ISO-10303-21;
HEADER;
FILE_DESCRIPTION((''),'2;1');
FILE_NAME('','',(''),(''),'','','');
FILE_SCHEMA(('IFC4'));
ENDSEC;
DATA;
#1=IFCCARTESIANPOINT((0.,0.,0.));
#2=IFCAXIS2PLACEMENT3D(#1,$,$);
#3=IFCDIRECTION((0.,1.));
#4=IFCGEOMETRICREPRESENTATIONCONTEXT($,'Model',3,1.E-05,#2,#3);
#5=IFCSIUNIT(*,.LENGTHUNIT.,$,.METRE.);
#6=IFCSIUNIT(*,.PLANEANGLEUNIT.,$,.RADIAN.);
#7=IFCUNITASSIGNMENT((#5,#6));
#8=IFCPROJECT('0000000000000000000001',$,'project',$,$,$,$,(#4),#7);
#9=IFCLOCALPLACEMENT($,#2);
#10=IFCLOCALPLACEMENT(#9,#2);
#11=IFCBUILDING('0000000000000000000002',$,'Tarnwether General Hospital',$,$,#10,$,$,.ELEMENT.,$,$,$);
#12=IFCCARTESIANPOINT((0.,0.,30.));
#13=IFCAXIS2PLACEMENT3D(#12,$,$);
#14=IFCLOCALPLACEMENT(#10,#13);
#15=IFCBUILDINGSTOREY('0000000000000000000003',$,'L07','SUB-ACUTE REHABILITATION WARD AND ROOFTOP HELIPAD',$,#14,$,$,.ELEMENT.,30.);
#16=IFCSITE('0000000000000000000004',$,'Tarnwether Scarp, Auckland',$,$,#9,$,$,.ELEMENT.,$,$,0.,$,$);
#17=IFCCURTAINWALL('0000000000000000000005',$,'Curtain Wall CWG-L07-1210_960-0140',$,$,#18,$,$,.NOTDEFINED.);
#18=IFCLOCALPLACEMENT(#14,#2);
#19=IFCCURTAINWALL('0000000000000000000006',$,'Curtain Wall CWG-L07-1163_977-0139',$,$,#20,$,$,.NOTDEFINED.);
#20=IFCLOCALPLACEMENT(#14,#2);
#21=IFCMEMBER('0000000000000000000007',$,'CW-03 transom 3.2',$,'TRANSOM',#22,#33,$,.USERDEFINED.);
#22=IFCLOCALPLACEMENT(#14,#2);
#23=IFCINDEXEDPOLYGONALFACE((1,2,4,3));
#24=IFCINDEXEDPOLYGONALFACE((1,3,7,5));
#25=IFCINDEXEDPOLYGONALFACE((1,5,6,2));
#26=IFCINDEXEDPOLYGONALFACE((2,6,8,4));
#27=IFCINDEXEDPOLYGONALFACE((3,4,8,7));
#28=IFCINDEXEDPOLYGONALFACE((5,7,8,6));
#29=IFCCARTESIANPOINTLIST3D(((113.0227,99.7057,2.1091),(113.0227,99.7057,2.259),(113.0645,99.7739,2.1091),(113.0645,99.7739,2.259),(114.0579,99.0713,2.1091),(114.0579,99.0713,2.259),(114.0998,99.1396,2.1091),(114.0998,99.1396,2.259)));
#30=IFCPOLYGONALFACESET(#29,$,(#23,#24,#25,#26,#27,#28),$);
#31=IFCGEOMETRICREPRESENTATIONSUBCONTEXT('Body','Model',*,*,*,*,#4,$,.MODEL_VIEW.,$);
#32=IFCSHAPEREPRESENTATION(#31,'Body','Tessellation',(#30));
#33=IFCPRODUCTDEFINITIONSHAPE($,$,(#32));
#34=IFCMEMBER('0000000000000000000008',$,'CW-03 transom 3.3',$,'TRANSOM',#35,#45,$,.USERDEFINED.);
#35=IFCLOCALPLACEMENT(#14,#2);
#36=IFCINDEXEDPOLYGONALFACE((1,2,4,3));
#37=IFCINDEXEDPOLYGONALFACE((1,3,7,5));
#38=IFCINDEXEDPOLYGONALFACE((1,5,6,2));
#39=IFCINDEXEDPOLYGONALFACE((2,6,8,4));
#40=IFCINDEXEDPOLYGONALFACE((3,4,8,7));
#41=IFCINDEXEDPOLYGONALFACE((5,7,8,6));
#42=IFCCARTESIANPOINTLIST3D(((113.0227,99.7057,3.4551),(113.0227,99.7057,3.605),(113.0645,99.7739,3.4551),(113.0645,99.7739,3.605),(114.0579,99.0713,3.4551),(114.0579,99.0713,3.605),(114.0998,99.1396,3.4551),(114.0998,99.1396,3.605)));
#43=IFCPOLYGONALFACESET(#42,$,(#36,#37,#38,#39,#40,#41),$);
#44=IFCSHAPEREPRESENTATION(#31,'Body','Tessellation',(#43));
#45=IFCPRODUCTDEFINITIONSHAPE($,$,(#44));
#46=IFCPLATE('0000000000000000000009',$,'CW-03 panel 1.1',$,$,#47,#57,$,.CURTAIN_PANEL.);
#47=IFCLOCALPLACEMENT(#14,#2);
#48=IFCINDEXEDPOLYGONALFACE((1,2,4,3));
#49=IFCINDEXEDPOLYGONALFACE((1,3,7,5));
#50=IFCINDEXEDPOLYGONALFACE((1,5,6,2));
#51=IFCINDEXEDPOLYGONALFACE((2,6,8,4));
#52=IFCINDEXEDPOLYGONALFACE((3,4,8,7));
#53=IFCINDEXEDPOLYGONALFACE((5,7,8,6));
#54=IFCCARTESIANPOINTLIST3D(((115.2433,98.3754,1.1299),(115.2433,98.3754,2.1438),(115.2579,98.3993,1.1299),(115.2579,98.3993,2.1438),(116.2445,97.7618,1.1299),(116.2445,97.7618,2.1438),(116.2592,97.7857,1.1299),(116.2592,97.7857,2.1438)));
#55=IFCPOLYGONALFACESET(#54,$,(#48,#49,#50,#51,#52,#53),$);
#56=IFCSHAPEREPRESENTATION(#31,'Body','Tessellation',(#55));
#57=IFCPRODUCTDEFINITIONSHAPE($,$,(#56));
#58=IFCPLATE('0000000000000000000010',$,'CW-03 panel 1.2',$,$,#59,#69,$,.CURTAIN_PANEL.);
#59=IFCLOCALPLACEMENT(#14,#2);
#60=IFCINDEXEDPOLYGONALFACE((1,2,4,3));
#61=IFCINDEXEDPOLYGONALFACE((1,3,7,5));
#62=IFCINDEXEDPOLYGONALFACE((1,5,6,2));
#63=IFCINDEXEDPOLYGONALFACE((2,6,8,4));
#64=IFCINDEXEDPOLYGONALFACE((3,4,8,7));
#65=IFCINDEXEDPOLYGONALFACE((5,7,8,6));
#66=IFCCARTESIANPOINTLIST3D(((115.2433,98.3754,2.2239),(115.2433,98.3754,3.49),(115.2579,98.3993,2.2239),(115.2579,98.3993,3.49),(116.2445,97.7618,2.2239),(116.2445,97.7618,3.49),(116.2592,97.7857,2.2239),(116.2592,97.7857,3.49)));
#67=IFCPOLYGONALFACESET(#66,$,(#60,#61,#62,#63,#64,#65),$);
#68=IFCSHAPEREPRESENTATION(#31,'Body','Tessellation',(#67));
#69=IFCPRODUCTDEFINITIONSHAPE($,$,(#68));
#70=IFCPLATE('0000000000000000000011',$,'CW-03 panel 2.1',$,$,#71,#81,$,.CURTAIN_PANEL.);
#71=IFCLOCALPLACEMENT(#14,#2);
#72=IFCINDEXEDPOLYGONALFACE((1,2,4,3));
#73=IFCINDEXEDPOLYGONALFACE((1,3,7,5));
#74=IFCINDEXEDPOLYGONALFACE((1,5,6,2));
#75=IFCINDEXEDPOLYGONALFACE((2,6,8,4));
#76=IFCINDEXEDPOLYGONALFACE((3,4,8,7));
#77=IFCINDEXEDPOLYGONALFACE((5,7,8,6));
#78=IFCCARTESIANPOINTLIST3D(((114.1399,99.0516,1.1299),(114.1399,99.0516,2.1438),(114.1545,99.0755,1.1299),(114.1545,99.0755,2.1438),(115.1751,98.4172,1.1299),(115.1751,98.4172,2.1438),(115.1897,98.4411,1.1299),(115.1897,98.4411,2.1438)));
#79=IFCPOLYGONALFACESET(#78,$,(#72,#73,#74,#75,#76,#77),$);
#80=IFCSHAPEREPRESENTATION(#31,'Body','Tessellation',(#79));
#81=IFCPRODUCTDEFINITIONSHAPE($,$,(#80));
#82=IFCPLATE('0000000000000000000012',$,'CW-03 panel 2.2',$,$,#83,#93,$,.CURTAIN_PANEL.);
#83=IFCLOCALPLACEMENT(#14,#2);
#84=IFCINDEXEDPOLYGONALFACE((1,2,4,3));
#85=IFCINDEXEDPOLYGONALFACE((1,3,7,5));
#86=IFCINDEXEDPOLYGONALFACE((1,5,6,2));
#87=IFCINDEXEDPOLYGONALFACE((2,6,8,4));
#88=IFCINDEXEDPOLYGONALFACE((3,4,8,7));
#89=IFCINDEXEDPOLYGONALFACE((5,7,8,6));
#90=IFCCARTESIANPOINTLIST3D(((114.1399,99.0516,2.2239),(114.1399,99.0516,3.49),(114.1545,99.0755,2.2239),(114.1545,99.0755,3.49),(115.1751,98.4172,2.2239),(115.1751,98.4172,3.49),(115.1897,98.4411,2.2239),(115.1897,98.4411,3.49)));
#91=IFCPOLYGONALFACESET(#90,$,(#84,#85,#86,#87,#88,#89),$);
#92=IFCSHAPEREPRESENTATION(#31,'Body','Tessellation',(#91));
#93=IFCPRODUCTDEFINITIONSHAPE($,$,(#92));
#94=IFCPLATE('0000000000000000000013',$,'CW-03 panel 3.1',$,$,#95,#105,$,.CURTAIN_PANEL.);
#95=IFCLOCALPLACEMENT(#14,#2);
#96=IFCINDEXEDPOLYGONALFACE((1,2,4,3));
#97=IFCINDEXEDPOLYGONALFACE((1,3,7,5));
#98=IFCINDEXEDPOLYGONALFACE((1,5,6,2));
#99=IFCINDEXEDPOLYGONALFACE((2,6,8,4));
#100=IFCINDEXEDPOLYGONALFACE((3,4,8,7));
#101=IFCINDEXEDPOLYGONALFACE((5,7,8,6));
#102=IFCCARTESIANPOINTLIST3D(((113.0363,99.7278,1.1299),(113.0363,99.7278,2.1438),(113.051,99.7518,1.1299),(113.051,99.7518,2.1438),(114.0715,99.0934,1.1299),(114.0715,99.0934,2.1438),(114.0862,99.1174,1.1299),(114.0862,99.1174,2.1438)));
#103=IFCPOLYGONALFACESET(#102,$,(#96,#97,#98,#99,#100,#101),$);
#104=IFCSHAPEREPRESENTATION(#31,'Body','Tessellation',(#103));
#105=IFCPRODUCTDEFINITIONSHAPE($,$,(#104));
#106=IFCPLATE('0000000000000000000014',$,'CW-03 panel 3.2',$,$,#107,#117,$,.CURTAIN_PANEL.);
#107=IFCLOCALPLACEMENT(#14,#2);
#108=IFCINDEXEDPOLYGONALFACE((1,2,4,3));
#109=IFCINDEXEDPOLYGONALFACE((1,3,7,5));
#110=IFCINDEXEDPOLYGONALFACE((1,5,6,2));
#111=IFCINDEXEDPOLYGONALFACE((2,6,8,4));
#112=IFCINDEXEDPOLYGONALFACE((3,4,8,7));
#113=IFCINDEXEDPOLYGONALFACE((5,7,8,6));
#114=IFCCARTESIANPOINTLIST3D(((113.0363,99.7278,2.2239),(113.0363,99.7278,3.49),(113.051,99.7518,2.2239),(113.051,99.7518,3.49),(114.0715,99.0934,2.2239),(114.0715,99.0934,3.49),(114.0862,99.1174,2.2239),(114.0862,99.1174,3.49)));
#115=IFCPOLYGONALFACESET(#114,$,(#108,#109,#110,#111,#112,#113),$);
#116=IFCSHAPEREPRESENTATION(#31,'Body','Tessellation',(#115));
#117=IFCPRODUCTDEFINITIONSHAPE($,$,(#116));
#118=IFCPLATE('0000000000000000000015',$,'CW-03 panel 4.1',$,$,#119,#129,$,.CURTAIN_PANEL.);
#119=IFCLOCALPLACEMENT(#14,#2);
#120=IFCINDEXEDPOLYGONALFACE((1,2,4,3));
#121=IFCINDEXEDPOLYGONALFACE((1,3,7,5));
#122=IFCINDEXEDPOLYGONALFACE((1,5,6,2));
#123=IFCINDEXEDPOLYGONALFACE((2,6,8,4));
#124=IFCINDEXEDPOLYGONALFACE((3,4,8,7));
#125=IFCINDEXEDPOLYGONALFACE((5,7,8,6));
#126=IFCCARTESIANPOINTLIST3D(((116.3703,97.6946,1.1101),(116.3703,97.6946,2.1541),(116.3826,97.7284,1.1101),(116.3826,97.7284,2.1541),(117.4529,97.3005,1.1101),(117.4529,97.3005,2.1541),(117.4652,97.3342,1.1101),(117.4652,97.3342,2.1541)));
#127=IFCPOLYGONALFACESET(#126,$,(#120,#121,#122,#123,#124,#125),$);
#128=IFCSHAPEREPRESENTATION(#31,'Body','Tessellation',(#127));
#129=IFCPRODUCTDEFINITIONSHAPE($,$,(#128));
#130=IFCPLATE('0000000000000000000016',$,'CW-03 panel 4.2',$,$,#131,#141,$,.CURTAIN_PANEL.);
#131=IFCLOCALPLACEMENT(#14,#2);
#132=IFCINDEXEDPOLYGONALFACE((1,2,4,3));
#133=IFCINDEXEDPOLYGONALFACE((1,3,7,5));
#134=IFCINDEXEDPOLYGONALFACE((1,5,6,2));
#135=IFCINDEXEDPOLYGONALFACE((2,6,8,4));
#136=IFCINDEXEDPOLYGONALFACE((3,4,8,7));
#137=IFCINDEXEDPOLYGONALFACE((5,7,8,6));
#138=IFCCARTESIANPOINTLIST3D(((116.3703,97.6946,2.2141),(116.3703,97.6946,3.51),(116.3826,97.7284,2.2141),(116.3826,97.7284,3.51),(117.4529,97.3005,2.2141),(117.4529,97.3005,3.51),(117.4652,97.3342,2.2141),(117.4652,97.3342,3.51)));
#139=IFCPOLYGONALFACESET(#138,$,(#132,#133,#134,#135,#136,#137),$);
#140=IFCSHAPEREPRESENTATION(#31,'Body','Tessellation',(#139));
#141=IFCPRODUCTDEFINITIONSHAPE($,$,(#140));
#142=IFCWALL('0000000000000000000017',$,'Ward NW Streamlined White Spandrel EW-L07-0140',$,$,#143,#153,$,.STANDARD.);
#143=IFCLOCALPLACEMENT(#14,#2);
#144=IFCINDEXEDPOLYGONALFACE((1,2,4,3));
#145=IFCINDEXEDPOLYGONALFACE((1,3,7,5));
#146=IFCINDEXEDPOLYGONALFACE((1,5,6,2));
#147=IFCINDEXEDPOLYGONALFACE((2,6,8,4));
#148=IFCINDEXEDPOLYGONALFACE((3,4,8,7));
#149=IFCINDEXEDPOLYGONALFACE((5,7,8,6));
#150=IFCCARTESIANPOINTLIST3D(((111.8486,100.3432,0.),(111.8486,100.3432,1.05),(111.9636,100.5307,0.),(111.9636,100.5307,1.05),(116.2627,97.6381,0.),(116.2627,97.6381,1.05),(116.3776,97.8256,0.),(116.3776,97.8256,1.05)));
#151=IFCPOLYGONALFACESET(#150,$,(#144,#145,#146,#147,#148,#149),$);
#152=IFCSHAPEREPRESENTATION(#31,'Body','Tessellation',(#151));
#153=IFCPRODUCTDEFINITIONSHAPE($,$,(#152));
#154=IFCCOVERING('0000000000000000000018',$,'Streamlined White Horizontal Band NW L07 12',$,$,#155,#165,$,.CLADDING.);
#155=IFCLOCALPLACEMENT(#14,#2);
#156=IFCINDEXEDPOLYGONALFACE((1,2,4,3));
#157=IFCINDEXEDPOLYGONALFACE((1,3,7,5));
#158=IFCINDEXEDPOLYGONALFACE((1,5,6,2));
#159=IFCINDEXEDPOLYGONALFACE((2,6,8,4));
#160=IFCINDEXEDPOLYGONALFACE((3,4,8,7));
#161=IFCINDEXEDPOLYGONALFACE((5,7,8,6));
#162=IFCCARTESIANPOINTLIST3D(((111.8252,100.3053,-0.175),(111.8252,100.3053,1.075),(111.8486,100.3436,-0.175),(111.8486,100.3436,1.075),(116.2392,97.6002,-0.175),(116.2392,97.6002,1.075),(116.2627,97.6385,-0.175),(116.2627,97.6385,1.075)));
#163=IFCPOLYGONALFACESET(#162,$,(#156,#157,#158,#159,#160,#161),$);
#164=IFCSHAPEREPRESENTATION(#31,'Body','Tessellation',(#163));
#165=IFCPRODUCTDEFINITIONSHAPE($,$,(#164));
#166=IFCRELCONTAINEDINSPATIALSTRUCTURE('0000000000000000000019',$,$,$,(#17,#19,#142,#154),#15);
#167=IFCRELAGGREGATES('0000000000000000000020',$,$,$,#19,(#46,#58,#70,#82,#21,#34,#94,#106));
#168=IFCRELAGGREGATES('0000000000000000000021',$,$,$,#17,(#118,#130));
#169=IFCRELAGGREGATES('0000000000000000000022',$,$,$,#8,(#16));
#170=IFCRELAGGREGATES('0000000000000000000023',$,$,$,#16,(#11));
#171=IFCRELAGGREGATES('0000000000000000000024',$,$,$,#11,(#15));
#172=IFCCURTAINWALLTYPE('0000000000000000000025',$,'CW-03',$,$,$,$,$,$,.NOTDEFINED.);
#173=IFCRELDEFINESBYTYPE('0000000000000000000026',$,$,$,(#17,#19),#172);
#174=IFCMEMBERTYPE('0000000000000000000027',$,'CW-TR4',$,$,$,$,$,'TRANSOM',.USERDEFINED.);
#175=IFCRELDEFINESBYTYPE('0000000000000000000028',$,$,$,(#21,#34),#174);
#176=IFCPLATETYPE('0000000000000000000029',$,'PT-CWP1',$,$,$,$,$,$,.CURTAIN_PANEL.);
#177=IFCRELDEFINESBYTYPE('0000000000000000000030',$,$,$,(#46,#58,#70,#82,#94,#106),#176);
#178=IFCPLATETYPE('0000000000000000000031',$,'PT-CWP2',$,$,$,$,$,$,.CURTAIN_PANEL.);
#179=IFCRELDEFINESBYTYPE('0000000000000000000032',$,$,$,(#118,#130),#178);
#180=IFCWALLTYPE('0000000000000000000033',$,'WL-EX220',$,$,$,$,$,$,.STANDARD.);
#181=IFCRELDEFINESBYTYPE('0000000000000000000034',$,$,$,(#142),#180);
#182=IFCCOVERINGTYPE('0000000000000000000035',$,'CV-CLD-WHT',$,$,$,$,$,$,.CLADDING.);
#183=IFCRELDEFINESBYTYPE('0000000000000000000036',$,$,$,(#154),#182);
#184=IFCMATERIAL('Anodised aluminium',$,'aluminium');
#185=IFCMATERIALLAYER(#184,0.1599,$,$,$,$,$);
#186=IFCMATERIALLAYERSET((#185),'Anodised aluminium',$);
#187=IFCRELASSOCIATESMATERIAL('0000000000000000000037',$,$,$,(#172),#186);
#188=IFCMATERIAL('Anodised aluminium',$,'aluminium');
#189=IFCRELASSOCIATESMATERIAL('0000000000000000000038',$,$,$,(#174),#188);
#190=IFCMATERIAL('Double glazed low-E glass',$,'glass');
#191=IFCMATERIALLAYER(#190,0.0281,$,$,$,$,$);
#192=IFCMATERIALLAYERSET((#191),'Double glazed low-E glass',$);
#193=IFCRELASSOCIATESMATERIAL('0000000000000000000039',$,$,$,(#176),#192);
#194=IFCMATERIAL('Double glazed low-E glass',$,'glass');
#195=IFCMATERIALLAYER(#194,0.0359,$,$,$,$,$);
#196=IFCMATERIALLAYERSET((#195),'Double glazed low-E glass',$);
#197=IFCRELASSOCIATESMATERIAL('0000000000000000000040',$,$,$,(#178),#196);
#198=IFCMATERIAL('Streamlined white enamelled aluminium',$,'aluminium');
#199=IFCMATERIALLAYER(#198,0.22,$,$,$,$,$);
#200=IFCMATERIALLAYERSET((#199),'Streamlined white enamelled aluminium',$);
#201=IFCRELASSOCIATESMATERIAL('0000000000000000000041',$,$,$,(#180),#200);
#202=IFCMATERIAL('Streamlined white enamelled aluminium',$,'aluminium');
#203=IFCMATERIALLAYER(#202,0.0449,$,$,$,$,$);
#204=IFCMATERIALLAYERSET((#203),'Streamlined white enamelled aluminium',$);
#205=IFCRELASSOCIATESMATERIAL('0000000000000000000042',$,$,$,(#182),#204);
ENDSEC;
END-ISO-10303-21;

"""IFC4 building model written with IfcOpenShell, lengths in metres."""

from ifc_helpers import new_model, si_unit, direction, frame, frame_2d, origin, origin_2d, place, context, subcontext, project, spatial, rectangle, extrude, material, layer, layer_set, material_profile, profile_set, type_object, element, aggregate, save


model = new_model("IFC4")

# Units and contexts
model_context = context("Model", 3, precision=1e-05, world=origin(), true_north=direction((0.0, 1.0)))
body_context = subcontext(model_context, "Body", "Model", "MODEL_VIEW")
ifc_project = project(units=[si_unit("LENGTHUNIT", "METRE"), si_unit("PLANEANGLEUNIT", "RADIAN")], contexts=[model_context])

# Site, building, storey
site_placement = place(None, origin())
site = spatial("IfcSite", under=ifc_project, at=site_placement, Name="Tarnwether Scarp, Auckland", CompositionType="ELEMENT", RefElevation=0.0)
building_placement = place(site_placement, origin())
building = spatial("IfcBuilding", under=site, at=building_placement, Name="Tarnwether General Hospital", CompositionType="ELEMENT")
storey_placement = place(building_placement, frame((0.0, 0.0, 30.0)))
storey = spatial("IfcBuildingStorey", under=building, at=storey_placement, Name="L07", Description="SUB-ACUTE REHABILITATION WARD AND ROOFTOP HELIPAD", CompositionType="ELEMENT", Elevation=30.0)

# Curtain wall
ifc_material_1 = material(Name="Anodised aluminium", Category="aluminium")
ifc_layer_1 = layer(ifc_material_1, 0.1599)
ifc_layer_set_1 = layer_set([ifc_layer_1], Name="Anodised aluminium")
curtain_wall_type = type_object("IfcCurtainWallType", Name="CW-03", PredefinedType="NOTDEFINED", material=ifc_layer_set_1)
curtain_wall_1_placement = place(storey_placement, origin())
curtain_wall_1 = element("IfcCurtainWall", 1, at=curtain_wall_1_placement, inside=storey, type_object=curtain_wall_type, Name="Curtain Wall CWG-L07-1210_960-0140", PredefinedType="NOTDEFINED")

# Curtain wall
curtain_wall_2_placement = place(storey_placement, origin())
curtain_wall_2 = element("IfcCurtainWall", 2, at=curtain_wall_2_placement, inside=storey, type_object=curtain_wall_type, Name="Curtain Wall CWG-L07-1163_977-0139", PredefinedType="NOTDEFINED")

# Members
ifc_material_2 = material(Name="Anodised aluminium", Category="aluminium")
ifc_material_profile_1 = material_profile(ifc_material_2, rectangle(XDim=0.0801, YDim=0.1499, at=origin_2d()), Name="ALU-TRN-80x150")
ifc_profile_set_1 = profile_set([ifc_material_profile_1], Name="Anodised aluminium")
member_type_1 = type_object("IfcMemberType", Name="CW-TR4", ElementType="TRANSOM", PredefinedType="USERDEFINED", material=ifc_profile_set_1)
member_1_placement = place(storey_placement, frame((114.0789, 99.1055, 2.1841), z_axis=(-0.852665, 0.522458, 0.0), x_axis=(-0.522458, -0.852665, 0.0)))
member_1 = element("IfcMember", 3, at=member_1_placement, type_object=member_type_1, Name="CW-03 transom 3.2", ObjectType="TRANSOM", PredefinedType="USERDEFINED", context=body_context, shape_type="SweptSolid", body=[
    extrude(rectangle(XDim=0.0801, YDim=0.1499, at=origin_2d()), origin(), (0.0, 0.0, 1.0), 1.2141),
])
member_2_placement = place(storey_placement, frame((114.0789, 99.1055, 3.53), z_axis=(-0.852665, 0.522458, 0.0), x_axis=(-0.522458, -0.852665, 0.0)))
member_2 = element("IfcMember", 4, at=member_2_placement, type_object=member_type_1, Name="CW-03 transom 3.3", ObjectType="TRANSOM", PredefinedType="USERDEFINED", context=body_context, shape_type="SweptSolid", body=[
    extrude(rectangle(XDim=0.0801, YDim=0.1499, at=origin_2d()), origin(), (0.0, 0.0, 1.0), 1.2141),
])

# Plates
ifc_material_3 = material(Name="Double glazed low-E glass", Category="glass")
ifc_layer_2 = layer(ifc_material_3, 0.0281)
ifc_layer_set_2 = layer_set([ifc_layer_2], Name="Double glazed low-E glass")
plate_type_1 = type_object("IfcPlateType", Name="PT-CWP1", PredefinedType="CURTAIN_PANEL", material=ifc_layer_set_2)
plate_1_placement = place(storey_placement, frame((115.7512, 98.0806, 1.1299), z_axis=(0.0, 0.0, 1.0), x_axis=(-0.852632, 0.522512, 0.0)))
plate_1 = element("IfcPlate", 5, at=plate_1_placement, type_object=plate_type_1, Name="CW-03 panel 1.1", PredefinedType="CURTAIN_PANEL", context=body_context, shape_type="SweptSolid", body=[
    extrude(rectangle(XDim=1.1743, YDim=0.0281, at=origin_2d()), origin(), (0.0, 0.0, 1.0), 1.0139),
])
plate_2_placement = place(storey_placement, frame((115.7512, 98.0806, 2.2239), z_axis=(0.0, 0.0, 1.0), x_axis=(-0.852632, 0.522512, 0.0)))
plate_2 = element("IfcPlate", 6, at=plate_2_placement, type_object=plate_type_1, Name="CW-03 panel 1.2", PredefinedType="CURTAIN_PANEL", context=body_context, shape_type="SweptSolid", body=[
    extrude(rectangle(XDim=1.1743, YDim=0.0281, at=origin_2d()), origin(), (0.0, 0.0, 1.0), 1.2661),
])
plate_3_placement = place(storey_placement, frame((114.6648, 98.7463, 1.1299), z_axis=(0.0, 0.0, 1.0), x_axis=(-0.852632, 0.522512, 0.0)))
plate_3 = element("IfcPlate", 7, at=plate_3_placement, type_object=plate_type_1, Name="CW-03 panel 2.1", PredefinedType="CURTAIN_PANEL", context=body_context, shape_type="SweptSolid", body=[
    extrude(rectangle(XDim=1.2141, YDim=0.0281, at=origin_2d()), origin(), (0.0, 0.0, 1.0), 1.0139),
])
plate_4_placement = place(storey_placement, frame((114.6648, 98.7463, 2.2239), z_axis=(0.0, 0.0, 1.0), x_axis=(-0.852632, 0.522512, 0.0)))
plate_4 = element("IfcPlate", 8, at=plate_4_placement, type_object=plate_type_1, Name="CW-03 panel 2.2", PredefinedType="CURTAIN_PANEL", context=body_context, shape_type="SweptSolid", body=[
    extrude(rectangle(XDim=1.2141, YDim=0.0281, at=origin_2d()), origin(), (0.0, 0.0, 1.0), 1.2661),
])
plate_5_placement = place(storey_placement, frame((113.5613, 99.4226, 1.1299), z_axis=(0.0, 0.0, 1.0), x_axis=(-0.852632, 0.522512, 0.0)))
plate_5 = element("IfcPlate", 9, at=plate_5_placement, type_object=plate_type_1, Name="CW-03 panel 3.1", PredefinedType="CURTAIN_PANEL", context=body_context, shape_type="SweptSolid", body=[
    extrude(rectangle(XDim=1.2141, YDim=0.0281, at=origin_2d()), origin(), (0.0, 0.0, 1.0), 1.0139),
])
plate_6_placement = place(storey_placement, frame((113.5613, 99.4226, 2.2239), z_axis=(0.0, 0.0, 1.0), x_axis=(-0.852632, 0.522512, 0.0)))
plate_6 = element("IfcPlate", 10, at=plate_6_placement, type_object=plate_type_1, Name="CW-03 panel 3.2", PredefinedType="CURTAIN_PANEL", context=body_context, shape_type="SweptSolid", body=[
    extrude(rectangle(XDim=1.2141, YDim=0.0281, at=origin_2d()), origin(), (0.0, 0.0, 1.0), 1.2661),
])
aggregate(curtain_wall_2, [plate_1, plate_2, plate_3, plate_4, member_1, member_2, plate_5, plate_6])
ifc_material_4 = material(Name="Double glazed low-E glass", Category="glass")
ifc_layer_3 = layer(ifc_material_4, 0.0359)
ifc_layer_set_3 = layer_set([ifc_layer_3], Name="Double glazed low-E glass")
plate_type_2 = type_object("IfcPlateType", Name="PT-CWP2", PredefinedType="CURTAIN_PANEL", material=ifc_layer_set_3)
plate_7_placement = place(storey_placement, frame((116.9177, 97.5144, 1.1101), z_axis=(0.0, 0.0, 1.0), x_axis=(-0.939652, 0.342131, 0.0)))
plate_7 = element("IfcPlate", 11, at=plate_7_placement, type_object=plate_type_2, Name="CW-03 panel 4.1", PredefinedType="CURTAIN_PANEL", context=body_context, shape_type="SweptSolid", body=[
    extrude(rectangle(XDim=1.1521, YDim=0.0359, at=origin_2d()), origin(), (0.0, 0.0, 1.0), 1.0439),
])
plate_8_placement = place(storey_placement, frame((116.9177, 97.5144, 2.2141), z_axis=(0.0, 0.0, 1.0), x_axis=(-0.939652, 0.342131, 0.0)))
plate_8 = element("IfcPlate", 12, at=plate_8_placement, type_object=plate_type_2, Name="CW-03 panel 4.2", PredefinedType="CURTAIN_PANEL", context=body_context, shape_type="SweptSolid", body=[
    extrude(rectangle(XDim=1.1521, YDim=0.0359, at=origin_2d()), origin(), (0.0, 0.0, 1.0), 1.2959),
])
aggregate(curtain_wall_1, [plate_7, plate_8])

# Wall
ifc_material_5 = material(Name="Streamlined white enamelled aluminium", Category="aluminium")
ifc_layer_4 = layer(ifc_material_5, 0.22)
ifc_layer_set_4 = layer_set([ifc_layer_4], Name="Streamlined white enamelled aluminium")
wall_type = type_object("IfcWallType", Name="WL-EX220", PredefinedType="STANDARD", material=ifc_layer_set_4)
wall_placement = place(storey_placement, frame((116.3201, 97.7319, 0.0), z_axis=(0.0, 0.0, 1.0), x_axis=(-0.852628, 0.522518, 0.0)))
element("IfcWall", 13, at=wall_placement, inside=storey, type_object=wall_type, Name="Ward NW Streamlined White Spandrel EW-L07-0140", PredefinedType="STANDARD", context=body_context, shape_type="SweptSolid", body=[
    extrude(rectangle(XDim=5.177, YDim=0.22, at=frame_2d((2.5884, 0.0))), origin(), (0.0, 0.0, 1.0), 1.05),
])

# Covering
ifc_material_6 = material(Name="Streamlined white enamelled aluminium", Category="aluminium")
ifc_layer_5 = layer(ifc_material_6, 0.0449)
ifc_layer_set_5 = layer_set([ifc_layer_5], Name="Streamlined white enamelled aluminium")
covering_type = type_object("IfcCoveringType", Name="CV-CLD-WHT", PredefinedType="CLADDING", material=ifc_layer_set_5)
covering_placement = place(storey_placement, frame((114.0439, 98.9719, -0.175), z_axis=(0.0, 0.0, 1.0), x_axis=(-0.852631, 0.522513, 0.0)))
element("IfcCovering", 14, at=covering_placement, inside=storey, type_object=covering_type, Name="Streamlined White Horizontal Band NW L07 12", PredefinedType="CLADDING", context=body_context, shape_type="SweptSolid", body=[
    extrude(rectangle(XDim=5.177, YDim=0.0449, at=origin_2d()), origin(), (0.0, 0.0, 1.0), 1.25),
])

save(model, "model.ifc")
